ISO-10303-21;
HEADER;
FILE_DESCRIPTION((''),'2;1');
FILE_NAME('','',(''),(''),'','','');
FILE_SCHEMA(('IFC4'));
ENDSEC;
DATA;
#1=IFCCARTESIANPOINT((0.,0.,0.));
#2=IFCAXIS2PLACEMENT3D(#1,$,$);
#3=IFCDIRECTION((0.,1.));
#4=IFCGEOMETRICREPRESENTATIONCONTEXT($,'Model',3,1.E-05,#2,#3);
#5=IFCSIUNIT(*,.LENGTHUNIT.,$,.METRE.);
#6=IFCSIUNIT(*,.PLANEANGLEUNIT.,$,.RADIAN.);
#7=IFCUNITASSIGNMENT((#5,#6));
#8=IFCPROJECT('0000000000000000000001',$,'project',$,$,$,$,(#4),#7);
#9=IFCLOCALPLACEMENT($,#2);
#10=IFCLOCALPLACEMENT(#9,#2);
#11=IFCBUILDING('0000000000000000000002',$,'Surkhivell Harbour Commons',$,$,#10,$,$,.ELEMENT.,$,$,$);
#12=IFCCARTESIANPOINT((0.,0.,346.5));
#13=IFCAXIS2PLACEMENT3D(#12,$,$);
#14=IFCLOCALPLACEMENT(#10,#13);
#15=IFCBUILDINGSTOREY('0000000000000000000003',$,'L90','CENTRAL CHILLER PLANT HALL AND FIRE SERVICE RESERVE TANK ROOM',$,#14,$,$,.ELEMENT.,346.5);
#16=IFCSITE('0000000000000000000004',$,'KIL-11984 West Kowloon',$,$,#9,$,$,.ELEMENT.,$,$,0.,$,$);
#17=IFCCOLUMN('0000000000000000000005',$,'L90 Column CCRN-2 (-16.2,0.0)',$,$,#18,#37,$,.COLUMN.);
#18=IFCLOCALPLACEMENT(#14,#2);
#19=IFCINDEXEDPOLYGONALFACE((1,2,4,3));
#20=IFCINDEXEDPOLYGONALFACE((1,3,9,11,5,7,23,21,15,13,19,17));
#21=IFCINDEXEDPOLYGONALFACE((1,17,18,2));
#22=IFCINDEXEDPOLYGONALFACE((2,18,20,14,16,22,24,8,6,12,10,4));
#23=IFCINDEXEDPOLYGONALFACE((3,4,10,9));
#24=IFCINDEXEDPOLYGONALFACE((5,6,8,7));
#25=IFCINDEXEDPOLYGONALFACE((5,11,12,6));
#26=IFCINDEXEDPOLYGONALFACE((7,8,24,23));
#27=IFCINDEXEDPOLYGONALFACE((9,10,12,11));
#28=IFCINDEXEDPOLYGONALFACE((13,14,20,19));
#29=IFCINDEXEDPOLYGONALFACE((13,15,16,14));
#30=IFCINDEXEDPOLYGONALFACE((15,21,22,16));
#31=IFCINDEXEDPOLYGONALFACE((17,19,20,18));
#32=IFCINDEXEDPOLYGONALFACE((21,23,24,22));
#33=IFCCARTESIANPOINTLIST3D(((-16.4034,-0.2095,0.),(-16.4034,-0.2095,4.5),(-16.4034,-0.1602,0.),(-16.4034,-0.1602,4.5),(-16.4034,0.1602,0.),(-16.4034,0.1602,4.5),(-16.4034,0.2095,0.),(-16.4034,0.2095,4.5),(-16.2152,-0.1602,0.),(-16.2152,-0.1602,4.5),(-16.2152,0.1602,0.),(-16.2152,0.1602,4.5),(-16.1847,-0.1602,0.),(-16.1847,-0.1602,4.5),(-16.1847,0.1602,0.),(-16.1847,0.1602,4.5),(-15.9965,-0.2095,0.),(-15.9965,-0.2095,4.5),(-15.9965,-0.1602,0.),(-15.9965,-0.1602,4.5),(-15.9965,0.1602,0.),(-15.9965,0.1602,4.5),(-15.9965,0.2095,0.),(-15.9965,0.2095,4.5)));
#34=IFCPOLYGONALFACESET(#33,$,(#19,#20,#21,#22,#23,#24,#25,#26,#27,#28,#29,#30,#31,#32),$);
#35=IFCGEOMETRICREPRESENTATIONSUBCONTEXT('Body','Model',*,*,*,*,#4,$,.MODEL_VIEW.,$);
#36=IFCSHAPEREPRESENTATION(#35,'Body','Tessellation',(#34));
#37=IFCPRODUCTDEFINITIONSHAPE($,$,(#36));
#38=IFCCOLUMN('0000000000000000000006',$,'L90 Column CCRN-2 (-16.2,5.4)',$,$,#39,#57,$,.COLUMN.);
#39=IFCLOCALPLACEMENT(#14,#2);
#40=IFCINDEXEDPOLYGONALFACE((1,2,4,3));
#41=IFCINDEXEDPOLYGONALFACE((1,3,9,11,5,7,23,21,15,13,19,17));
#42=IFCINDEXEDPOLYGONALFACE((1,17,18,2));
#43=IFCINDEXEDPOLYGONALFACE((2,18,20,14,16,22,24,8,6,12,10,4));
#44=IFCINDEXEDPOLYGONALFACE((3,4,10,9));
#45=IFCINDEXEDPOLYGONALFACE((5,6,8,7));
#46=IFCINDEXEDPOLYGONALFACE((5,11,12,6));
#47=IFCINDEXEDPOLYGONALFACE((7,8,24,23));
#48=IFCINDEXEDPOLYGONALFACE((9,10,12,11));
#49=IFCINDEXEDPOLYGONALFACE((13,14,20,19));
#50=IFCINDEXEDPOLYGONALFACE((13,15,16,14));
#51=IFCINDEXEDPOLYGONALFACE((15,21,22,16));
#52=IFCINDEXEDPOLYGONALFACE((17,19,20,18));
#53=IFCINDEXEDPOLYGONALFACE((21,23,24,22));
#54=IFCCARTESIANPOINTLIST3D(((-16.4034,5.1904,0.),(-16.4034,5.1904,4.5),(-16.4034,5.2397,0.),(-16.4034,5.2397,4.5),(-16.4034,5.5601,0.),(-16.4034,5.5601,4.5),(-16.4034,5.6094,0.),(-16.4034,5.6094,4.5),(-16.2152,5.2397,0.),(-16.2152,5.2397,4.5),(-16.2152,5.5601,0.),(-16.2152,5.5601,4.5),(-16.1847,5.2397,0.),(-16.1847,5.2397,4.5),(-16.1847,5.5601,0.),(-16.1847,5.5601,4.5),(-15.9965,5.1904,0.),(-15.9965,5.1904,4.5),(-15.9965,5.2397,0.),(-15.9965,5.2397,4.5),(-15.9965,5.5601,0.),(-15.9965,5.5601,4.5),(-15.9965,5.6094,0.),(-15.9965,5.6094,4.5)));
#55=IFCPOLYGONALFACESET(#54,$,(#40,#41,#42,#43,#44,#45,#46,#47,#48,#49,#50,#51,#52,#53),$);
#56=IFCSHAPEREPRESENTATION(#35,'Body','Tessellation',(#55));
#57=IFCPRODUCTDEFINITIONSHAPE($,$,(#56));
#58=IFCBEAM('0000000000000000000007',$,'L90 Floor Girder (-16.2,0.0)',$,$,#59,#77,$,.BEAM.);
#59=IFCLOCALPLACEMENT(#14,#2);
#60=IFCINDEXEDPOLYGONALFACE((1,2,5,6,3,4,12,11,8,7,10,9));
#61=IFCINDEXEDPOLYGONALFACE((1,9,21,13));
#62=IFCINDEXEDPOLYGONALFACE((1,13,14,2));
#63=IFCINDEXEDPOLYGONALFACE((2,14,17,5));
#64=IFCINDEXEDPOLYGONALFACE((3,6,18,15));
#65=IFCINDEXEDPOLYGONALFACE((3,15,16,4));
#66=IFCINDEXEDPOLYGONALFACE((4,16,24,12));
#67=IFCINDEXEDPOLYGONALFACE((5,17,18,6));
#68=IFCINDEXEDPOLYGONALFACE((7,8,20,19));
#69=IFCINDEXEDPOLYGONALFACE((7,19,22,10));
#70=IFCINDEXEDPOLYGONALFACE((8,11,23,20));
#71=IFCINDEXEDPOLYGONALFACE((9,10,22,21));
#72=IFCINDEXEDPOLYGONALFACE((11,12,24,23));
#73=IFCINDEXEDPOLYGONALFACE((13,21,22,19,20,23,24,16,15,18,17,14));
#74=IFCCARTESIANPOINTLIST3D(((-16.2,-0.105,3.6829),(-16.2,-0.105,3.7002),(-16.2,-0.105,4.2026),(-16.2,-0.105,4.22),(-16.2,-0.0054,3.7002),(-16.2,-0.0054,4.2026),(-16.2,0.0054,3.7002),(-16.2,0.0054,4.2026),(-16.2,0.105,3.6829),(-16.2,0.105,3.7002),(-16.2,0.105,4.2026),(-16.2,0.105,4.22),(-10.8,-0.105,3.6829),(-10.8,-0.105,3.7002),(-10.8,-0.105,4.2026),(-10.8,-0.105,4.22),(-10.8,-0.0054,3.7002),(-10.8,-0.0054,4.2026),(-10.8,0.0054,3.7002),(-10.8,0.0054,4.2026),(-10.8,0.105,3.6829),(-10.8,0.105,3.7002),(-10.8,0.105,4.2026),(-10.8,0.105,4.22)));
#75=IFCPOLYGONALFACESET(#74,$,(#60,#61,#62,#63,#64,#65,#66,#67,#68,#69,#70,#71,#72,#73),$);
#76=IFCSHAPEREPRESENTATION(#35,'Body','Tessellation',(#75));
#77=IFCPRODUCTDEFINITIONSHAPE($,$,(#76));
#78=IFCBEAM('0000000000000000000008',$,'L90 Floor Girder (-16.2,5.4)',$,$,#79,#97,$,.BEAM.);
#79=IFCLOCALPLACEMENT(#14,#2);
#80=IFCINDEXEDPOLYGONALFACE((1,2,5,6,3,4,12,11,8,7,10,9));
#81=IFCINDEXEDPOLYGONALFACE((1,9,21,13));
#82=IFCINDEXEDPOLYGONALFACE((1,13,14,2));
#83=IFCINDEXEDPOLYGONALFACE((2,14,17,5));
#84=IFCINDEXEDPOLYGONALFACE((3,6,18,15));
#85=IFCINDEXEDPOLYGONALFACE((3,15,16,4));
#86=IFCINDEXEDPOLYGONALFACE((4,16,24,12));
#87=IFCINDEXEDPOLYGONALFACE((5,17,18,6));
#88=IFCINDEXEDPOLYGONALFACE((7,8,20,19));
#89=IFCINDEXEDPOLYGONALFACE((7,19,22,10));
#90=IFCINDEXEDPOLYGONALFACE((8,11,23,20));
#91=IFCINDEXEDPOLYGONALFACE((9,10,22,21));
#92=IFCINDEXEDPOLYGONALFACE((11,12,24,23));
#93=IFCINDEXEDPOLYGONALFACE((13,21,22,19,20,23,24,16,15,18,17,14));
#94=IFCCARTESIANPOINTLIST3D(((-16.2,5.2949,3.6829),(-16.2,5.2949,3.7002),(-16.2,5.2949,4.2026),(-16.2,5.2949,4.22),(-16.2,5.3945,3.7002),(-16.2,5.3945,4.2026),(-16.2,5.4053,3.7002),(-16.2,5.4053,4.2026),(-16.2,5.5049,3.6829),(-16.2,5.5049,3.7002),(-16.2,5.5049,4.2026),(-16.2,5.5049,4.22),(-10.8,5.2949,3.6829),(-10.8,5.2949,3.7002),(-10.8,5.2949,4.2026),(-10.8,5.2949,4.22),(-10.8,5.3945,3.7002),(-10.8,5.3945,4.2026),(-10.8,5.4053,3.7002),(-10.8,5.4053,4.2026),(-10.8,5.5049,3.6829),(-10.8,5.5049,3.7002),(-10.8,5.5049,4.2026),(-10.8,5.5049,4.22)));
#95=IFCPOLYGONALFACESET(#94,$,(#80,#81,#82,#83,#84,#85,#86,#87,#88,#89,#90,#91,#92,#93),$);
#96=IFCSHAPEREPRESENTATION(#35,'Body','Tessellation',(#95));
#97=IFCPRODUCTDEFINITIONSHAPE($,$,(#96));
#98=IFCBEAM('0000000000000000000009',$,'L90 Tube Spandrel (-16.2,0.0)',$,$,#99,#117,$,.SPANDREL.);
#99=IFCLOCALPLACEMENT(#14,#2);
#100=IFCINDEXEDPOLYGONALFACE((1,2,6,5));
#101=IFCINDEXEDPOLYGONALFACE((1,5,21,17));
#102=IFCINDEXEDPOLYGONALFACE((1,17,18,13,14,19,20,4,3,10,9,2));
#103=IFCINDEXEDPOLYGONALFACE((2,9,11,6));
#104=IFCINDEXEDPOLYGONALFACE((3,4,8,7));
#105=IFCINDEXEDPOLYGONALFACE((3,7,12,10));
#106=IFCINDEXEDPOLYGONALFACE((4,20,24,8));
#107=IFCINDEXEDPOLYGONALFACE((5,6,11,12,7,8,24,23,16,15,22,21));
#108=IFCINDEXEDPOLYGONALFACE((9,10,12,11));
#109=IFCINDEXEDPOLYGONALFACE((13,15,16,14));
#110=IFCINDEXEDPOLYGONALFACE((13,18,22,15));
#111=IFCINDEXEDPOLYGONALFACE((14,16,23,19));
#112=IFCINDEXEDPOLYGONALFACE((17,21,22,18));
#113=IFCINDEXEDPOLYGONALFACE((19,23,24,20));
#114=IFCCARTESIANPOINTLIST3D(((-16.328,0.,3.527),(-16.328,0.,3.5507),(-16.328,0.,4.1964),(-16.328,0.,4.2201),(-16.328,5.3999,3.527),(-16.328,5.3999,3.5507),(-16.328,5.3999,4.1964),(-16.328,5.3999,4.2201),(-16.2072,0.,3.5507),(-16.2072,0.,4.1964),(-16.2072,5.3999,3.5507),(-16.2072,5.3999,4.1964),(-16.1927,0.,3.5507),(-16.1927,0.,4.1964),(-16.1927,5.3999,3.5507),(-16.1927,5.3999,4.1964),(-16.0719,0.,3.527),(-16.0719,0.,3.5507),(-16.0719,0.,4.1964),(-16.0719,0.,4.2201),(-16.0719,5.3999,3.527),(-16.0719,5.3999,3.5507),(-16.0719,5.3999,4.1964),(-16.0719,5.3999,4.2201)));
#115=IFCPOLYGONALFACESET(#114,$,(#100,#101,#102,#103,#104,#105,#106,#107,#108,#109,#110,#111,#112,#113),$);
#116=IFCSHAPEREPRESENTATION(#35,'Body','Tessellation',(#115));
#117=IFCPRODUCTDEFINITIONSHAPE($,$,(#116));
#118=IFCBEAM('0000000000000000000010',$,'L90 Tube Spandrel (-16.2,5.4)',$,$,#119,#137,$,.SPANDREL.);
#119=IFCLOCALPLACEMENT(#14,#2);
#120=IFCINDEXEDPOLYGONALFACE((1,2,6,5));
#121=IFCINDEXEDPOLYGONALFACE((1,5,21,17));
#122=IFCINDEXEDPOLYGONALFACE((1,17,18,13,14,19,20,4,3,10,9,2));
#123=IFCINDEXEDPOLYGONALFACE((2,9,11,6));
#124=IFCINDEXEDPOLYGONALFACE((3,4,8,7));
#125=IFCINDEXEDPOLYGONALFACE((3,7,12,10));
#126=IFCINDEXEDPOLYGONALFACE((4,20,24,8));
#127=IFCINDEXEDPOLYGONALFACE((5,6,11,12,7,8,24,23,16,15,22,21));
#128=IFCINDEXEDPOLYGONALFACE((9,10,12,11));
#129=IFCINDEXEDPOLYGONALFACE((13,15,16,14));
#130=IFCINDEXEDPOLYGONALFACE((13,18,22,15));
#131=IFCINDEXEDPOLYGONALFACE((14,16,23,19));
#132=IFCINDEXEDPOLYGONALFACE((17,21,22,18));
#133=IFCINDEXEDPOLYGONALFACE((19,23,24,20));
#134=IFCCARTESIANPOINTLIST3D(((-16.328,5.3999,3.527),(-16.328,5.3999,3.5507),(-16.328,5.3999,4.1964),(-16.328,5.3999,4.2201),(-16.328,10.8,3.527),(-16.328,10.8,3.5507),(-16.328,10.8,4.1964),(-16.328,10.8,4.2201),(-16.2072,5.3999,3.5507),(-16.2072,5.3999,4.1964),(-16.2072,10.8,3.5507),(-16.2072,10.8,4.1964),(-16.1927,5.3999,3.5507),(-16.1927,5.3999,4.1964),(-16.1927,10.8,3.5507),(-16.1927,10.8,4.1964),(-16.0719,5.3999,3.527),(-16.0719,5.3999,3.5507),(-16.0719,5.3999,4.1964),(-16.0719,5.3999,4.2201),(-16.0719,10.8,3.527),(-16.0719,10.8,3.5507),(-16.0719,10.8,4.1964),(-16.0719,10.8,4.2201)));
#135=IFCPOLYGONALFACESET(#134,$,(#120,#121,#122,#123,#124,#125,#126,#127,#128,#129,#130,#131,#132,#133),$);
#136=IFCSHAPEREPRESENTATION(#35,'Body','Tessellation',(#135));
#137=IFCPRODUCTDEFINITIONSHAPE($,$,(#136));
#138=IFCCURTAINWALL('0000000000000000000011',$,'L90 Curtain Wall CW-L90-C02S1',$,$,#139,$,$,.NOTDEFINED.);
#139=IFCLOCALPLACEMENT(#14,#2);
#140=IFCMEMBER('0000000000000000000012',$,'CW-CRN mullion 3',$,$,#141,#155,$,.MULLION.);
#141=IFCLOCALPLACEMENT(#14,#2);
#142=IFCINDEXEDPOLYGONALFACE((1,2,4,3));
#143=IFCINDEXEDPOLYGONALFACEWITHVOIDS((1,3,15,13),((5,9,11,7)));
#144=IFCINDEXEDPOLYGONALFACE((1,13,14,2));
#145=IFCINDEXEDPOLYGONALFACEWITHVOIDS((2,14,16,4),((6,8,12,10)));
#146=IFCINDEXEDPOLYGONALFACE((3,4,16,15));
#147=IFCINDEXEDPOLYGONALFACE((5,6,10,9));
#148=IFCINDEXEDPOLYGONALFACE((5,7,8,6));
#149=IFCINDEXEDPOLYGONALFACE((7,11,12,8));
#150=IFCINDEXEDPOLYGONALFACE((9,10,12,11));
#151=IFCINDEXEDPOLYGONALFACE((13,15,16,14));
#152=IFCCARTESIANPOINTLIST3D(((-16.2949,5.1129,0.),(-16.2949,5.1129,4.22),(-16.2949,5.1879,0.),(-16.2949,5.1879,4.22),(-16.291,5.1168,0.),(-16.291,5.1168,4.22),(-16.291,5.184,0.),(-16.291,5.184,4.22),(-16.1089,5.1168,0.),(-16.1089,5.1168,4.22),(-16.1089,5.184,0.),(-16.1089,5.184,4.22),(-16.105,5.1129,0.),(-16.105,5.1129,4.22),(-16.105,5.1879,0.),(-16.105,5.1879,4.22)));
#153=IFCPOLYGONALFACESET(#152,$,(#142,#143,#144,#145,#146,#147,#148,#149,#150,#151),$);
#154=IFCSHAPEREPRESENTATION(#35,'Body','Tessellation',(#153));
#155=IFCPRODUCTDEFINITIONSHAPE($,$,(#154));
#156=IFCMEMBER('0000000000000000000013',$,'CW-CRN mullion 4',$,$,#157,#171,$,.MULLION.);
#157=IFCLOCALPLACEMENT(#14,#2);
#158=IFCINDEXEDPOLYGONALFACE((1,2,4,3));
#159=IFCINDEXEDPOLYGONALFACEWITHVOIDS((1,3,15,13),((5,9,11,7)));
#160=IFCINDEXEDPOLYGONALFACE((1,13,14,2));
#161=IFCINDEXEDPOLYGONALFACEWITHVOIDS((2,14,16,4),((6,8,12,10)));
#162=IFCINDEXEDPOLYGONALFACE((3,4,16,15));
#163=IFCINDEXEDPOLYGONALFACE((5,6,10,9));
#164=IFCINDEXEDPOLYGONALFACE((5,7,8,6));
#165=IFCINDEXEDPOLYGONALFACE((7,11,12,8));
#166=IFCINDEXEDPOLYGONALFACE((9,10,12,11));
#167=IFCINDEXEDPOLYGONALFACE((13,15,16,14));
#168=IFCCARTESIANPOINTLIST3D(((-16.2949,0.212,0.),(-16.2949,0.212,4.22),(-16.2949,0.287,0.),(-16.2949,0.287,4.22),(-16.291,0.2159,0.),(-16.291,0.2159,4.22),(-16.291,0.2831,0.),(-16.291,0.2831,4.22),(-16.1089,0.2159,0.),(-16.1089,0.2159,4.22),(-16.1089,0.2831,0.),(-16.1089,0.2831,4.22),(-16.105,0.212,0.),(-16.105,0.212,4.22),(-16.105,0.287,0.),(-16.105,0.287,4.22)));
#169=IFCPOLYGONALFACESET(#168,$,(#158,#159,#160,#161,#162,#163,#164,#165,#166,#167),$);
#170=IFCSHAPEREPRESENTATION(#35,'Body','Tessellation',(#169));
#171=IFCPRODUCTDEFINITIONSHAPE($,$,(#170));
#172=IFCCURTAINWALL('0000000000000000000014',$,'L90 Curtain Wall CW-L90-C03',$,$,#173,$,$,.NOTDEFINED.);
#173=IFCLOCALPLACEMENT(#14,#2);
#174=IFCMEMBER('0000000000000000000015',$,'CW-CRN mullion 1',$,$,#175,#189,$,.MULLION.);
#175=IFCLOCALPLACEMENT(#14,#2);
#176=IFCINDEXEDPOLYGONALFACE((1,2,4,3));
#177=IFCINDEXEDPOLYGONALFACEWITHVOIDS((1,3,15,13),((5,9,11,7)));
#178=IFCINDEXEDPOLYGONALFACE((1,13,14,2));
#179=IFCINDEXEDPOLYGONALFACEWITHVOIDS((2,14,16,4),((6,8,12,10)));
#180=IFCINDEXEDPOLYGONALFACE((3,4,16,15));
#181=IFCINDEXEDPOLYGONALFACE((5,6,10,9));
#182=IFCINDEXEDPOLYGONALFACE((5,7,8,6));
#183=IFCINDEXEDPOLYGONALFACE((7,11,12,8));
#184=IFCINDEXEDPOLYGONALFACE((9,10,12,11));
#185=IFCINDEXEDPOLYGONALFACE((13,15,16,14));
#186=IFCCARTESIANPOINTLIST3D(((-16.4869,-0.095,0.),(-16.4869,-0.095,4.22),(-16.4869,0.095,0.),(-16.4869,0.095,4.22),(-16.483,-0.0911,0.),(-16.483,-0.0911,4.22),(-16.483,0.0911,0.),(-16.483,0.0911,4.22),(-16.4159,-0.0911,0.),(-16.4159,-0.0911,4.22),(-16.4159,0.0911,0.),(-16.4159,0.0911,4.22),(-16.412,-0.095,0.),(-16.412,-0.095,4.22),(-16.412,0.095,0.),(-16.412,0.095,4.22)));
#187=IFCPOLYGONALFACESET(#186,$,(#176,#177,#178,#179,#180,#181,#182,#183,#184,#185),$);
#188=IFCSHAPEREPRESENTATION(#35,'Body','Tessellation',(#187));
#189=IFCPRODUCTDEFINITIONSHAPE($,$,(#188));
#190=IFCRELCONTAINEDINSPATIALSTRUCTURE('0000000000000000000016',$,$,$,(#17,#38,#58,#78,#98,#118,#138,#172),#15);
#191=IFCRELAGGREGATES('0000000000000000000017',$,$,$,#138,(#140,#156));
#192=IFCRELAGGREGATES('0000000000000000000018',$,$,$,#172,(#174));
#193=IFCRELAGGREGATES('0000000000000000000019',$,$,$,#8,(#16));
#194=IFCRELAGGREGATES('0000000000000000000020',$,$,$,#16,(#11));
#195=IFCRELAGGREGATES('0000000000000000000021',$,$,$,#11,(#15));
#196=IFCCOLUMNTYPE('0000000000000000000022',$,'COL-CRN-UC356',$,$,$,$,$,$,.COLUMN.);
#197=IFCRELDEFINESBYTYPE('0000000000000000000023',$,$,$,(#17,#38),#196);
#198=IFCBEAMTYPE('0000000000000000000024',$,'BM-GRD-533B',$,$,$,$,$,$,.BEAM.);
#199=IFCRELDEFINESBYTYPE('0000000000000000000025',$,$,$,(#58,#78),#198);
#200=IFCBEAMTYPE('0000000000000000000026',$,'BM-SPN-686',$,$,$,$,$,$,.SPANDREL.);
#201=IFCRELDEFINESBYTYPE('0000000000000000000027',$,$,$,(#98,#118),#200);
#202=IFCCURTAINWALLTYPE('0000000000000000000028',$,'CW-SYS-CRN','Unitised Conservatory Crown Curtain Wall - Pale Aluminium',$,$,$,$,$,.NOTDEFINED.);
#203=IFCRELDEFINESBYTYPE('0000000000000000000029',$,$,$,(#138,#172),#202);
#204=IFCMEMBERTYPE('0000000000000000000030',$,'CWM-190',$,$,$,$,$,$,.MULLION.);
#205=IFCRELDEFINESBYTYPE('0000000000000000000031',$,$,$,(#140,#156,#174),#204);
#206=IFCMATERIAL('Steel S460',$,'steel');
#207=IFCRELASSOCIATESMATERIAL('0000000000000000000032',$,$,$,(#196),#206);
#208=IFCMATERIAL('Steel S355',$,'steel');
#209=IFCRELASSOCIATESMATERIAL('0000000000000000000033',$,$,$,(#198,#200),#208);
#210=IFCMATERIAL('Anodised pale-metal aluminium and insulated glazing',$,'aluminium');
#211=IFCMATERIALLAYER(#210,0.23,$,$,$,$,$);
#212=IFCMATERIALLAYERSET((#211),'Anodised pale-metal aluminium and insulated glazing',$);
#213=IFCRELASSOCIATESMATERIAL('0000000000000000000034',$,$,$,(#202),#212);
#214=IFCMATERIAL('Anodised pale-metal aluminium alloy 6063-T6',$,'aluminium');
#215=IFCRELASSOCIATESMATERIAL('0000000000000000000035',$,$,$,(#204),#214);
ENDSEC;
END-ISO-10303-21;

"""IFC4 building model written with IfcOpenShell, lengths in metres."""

from ifc_helpers import new_model, si_unit, direction, frame, origin, origin_2d, place, context, subcontext, project, spatial, hollow_rectangle, i_section, extrude, material, layer, layer_set, material_profile, profile_set, type_object, element, aggregate, save


model = new_model("IFC4")

# Units and contexts
model_context = context("Model", 3, precision=1e-05, world=origin(), true_north=direction((0.0, 1.0)))
body_context = subcontext(model_context, "Body", "Model", "MODEL_VIEW")
ifc_project = project(units=[si_unit("LENGTHUNIT", "METRE"), si_unit("PLANEANGLEUNIT", "RADIAN")], contexts=[model_context])

# Site, building, storey
site_placement = place(None, origin())
site = spatial("IfcSite", under=ifc_project, at=site_placement, Name="KIL-11984 West Kowloon", CompositionType="ELEMENT", RefElevation=0.0)
building_placement = place(site_placement, origin())
building = spatial("IfcBuilding", under=site, at=building_placement, Name="Surkhivell Harbour Commons", CompositionType="ELEMENT")
storey_placement = place(building_placement, frame((0.0, 0.0, 346.5)))
storey = spatial("IfcBuildingStorey", under=building, at=storey_placement, Name="L90", Description="CENTRAL CHILLER PLANT HALL AND FIRE SERVICE RESERVE TANK ROOM", CompositionType="ELEMENT", Elevation=346.5)

# Columns
ifc_material_1 = material(Name="Steel S460", Category="steel")
ifc_material_profile_1 = material_profile(ifc_material_1, i_section(OverallWidth=0.407, OverallDepth=0.4189, WebThickness=0.0305, FlangeThickness=0.0493, at=origin_2d()), Name="UC356x406x393")
ifc_profile_set_1 = profile_set([ifc_material_profile_1], Name="Steel S460")
column_type = type_object("IfcColumnType", Name="COL-CRN-UC356", PredefinedType="COLUMN", material=ifc_profile_set_1)
for number, where, z_axis, x_axis, name in (
    (1, (-16.2, 0.0, 0.0), (0.0, 0.0, 1.0), (1.0, 0.0, 0.0), "L90 Column CCRN-2 (-16.2,0.0)"),
    (2, (-16.2, 5.3999, 0.0), (0.0, 0.0, 1.0), (1.0, 0.0, 0.0), "L90 Column CCRN-2 (-16.2,5.4)"),
):
    element("IfcColumn", number, at=place(storey_placement, frame(where, z_axis=z_axis, x_axis=x_axis)), inside=storey, type_object=column_type, Name=name, PredefinedType="COLUMN", context=body_context, shape_type="SweptSolid", body=[
        extrude(i_section(OverallWidth=0.407, OverallDepth=0.4189, WebThickness=0.0305, FlangeThickness=0.0493, at=origin_2d()), origin(), (0.0, 0.0, 1.0), 4.5),
    ])

# Beams
ifc_material_2 = material(Name="Steel S355", Category="steel")
ifc_material_profile_2 = material_profile(ifc_material_2, i_section(OverallWidth=0.21, OverallDepth=0.5371, WebThickness=0.0107, FlangeThickness=0.0173, at=origin_2d()), Name="UB533x210x101")
ifc_profile_set_2 = profile_set([ifc_material_profile_2], Name="Steel S355")
beam_type_1 = type_object("IfcBeamType", Name="BM-GRD-533B", PredefinedType="BEAM", material=ifc_profile_set_2)
for number, where, z_axis, x_axis, name in (
    (3, (-16.2, 0.0, 3.9514), (1.0, 0.0, 0.0), (0.0, 1.0, 0.0), "L90 Floor Girder (-16.2,0.0)"),
    (4, (-16.2, 5.3999, 3.9514), (1.0, 0.0, 0.0), (0.0, 1.0, 0.0), "L90 Floor Girder (-16.2,5.4)"),
):
    element("IfcBeam", number, at=place(storey_placement, frame(where, z_axis=z_axis, x_axis=x_axis)), inside=storey, type_object=beam_type_1, Name=name, PredefinedType="BEAM", context=body_context, shape_type="SweptSolid", body=[
        extrude(i_section(OverallWidth=0.21, OverallDepth=0.5371, WebThickness=0.0107, FlangeThickness=0.0173, at=origin_2d()), origin(), (0.0, 0.0, 1.0), 5.3999),
    ])
ifc_material_profile_3 = material_profile(ifc_material_2, i_section(OverallWidth=0.2561, OverallDepth=0.6931, WebThickness=0.0144, FlangeThickness=0.0237, at=origin_2d()), Name="UB686x254x170")
ifc_profile_set_3 = profile_set([ifc_material_profile_3], Name="Steel S355")
beam_type_2 = type_object("IfcBeamType", Name="BM-SPN-686", PredefinedType="SPANDREL", material=ifc_profile_set_3)
beam_1_placement = place(storey_placement, frame((-16.2, 0.0, 3.8735), z_axis=(0.0, 1.0, 0.0), x_axis=(-1.0, 0.0, 0.0)))
element("IfcBeam", 5, at=beam_1_placement, inside=storey, type_object=beam_type_2, Name="L90 Tube Spandrel (-16.2,0.0)", PredefinedType="SPANDREL", context=body_context, shape_type="SweptSolid", body=[
    extrude(i_section(OverallWidth=0.2561, OverallDepth=0.6931, WebThickness=0.0144, FlangeThickness=0.0237, at=origin_2d()), origin(), (0.0, 0.0, 1.0), 5.3999),
])
beam_2_placement = place(storey_placement, frame((-16.2, 5.3999, 3.8735), z_axis=(0.0, 1.0, 0.0), x_axis=(-1.0, 0.0, 0.0)))
element("IfcBeam", 6, at=beam_2_placement, inside=storey, type_object=beam_type_2, Name="L90 Tube Spandrel (-16.2,5.4)", PredefinedType="SPANDREL", context=body_context, shape_type="SweptSolid", body=[
    extrude(i_section(OverallWidth=0.2561, OverallDepth=0.6931, WebThickness=0.0144, FlangeThickness=0.0237, at=origin_2d()), origin(), (0.0, 0.0, 1.0), 5.4001),
])

# Curtain walls, members
ifc_material_3 = material(Name="Anodised pale-metal aluminium and insulated glazing", Category="aluminium")
ifc_layer_1 = layer(ifc_material_3, 0.23)
ifc_layer_set_1 = layer_set([ifc_layer_1], Name="Anodised pale-metal aluminium and insulated glazing")
curtain_wall_type = type_object("IfcCurtainWallType", Name="CW-SYS-CRN", Description="Unitised Conservatory Crown Curtain Wall - Pale Aluminium", PredefinedType="NOTDEFINED", material=ifc_layer_set_1)
curtain_wall_1_placement = place(storey_placement, origin())
curtain_wall_1 = element("IfcCurtainWall", 7, at=curtain_wall_1_placement, inside=storey, type_object=curtain_wall_type, Name="L90 Curtain Wall CW-L90-C02S1", PredefinedType="NOTDEFINED")
ifc_material_4 = material(Name="Anodised pale-metal aluminium alloy 6063-T6", Category="aluminium")
ifc_material_profile_4 = material_profile(ifc_material_4, hollow_rectangle(XDim=0.075, YDim=0.1899, WallThickness=0.0039, at=origin_2d()), Name="ALU-MULL-75x190")
ifc_profile_set_4 = profile_set([ifc_material_profile_4], Name="Anodised pale-metal aluminium alloy 6063-T6")
member_type_1 = type_object("IfcMemberType", Name="CWM-190", PredefinedType="MULLION", material=ifc_profile_set_4)
member_1_placement = place(storey_placement, frame((-16.2, 5.1504, 0.0), z_axis=(0.0, 0.0, 1.0), x_axis=(0.0, -1.0, 0.0)))
member_1 = element("IfcMember", 8, at=member_1_placement, type_object=member_type_1, Name="CW-CRN mullion 3", PredefinedType="MULLION", context=body_context, shape_type="SweptSolid", body=[
    extrude(hollow_rectangle(XDim=0.075, YDim=0.1899, WallThickness=0.0039, at=origin_2d()), origin(), (0.0, 0.0, 1.0), 4.22),
])
member_2_placement = place(storey_placement, frame((-16.2, 0.2495, 0.0), z_axis=(0.0, 0.0, 1.0), x_axis=(0.0, -1.0, 0.0)))
member_2 = element("IfcMember", 9, at=member_2_placement, type_object=member_type_1, Name="CW-CRN mullion 4", PredefinedType="MULLION", context=body_context, shape_type="SweptSolid", body=[
    extrude(hollow_rectangle(XDim=0.075, YDim=0.1899, WallThickness=0.0039, at=origin_2d()), origin(), (0.0, 0.0, 1.0), 4.22),
])
curtain_wall_2_placement = place(storey_placement, origin())
curtain_wall_2 = element("IfcCurtainWall", 10, at=curtain_wall_2_placement, inside=storey, type_object=curtain_wall_type, Name="L90 Curtain Wall CW-L90-C03", PredefinedType="NOTDEFINED")
member_3_placement = place(storey_placement, frame((-16.4495, 0.0, 0.0), z_axis=(0.0, 0.0, 1.0), x_axis=(-1.0, 0.0, 0.0)))
member_3 = element("IfcMember", 11, at=member_3_placement, type_object=member_type_1, Name="CW-CRN mullion 1", PredefinedType="MULLION", context=body_context, shape_type="SweptSolid", body=[
    extrude(hollow_rectangle(XDim=0.075, YDim=0.1899, WallThickness=0.0039, at=origin_2d()), origin(), (0.0, 0.0, 1.0), 4.22),
])

aggregate(curtain_wall_1, [member_1, member_2])
aggregate(curtain_wall_2, [member_3])

save(model, "model.ifc")
